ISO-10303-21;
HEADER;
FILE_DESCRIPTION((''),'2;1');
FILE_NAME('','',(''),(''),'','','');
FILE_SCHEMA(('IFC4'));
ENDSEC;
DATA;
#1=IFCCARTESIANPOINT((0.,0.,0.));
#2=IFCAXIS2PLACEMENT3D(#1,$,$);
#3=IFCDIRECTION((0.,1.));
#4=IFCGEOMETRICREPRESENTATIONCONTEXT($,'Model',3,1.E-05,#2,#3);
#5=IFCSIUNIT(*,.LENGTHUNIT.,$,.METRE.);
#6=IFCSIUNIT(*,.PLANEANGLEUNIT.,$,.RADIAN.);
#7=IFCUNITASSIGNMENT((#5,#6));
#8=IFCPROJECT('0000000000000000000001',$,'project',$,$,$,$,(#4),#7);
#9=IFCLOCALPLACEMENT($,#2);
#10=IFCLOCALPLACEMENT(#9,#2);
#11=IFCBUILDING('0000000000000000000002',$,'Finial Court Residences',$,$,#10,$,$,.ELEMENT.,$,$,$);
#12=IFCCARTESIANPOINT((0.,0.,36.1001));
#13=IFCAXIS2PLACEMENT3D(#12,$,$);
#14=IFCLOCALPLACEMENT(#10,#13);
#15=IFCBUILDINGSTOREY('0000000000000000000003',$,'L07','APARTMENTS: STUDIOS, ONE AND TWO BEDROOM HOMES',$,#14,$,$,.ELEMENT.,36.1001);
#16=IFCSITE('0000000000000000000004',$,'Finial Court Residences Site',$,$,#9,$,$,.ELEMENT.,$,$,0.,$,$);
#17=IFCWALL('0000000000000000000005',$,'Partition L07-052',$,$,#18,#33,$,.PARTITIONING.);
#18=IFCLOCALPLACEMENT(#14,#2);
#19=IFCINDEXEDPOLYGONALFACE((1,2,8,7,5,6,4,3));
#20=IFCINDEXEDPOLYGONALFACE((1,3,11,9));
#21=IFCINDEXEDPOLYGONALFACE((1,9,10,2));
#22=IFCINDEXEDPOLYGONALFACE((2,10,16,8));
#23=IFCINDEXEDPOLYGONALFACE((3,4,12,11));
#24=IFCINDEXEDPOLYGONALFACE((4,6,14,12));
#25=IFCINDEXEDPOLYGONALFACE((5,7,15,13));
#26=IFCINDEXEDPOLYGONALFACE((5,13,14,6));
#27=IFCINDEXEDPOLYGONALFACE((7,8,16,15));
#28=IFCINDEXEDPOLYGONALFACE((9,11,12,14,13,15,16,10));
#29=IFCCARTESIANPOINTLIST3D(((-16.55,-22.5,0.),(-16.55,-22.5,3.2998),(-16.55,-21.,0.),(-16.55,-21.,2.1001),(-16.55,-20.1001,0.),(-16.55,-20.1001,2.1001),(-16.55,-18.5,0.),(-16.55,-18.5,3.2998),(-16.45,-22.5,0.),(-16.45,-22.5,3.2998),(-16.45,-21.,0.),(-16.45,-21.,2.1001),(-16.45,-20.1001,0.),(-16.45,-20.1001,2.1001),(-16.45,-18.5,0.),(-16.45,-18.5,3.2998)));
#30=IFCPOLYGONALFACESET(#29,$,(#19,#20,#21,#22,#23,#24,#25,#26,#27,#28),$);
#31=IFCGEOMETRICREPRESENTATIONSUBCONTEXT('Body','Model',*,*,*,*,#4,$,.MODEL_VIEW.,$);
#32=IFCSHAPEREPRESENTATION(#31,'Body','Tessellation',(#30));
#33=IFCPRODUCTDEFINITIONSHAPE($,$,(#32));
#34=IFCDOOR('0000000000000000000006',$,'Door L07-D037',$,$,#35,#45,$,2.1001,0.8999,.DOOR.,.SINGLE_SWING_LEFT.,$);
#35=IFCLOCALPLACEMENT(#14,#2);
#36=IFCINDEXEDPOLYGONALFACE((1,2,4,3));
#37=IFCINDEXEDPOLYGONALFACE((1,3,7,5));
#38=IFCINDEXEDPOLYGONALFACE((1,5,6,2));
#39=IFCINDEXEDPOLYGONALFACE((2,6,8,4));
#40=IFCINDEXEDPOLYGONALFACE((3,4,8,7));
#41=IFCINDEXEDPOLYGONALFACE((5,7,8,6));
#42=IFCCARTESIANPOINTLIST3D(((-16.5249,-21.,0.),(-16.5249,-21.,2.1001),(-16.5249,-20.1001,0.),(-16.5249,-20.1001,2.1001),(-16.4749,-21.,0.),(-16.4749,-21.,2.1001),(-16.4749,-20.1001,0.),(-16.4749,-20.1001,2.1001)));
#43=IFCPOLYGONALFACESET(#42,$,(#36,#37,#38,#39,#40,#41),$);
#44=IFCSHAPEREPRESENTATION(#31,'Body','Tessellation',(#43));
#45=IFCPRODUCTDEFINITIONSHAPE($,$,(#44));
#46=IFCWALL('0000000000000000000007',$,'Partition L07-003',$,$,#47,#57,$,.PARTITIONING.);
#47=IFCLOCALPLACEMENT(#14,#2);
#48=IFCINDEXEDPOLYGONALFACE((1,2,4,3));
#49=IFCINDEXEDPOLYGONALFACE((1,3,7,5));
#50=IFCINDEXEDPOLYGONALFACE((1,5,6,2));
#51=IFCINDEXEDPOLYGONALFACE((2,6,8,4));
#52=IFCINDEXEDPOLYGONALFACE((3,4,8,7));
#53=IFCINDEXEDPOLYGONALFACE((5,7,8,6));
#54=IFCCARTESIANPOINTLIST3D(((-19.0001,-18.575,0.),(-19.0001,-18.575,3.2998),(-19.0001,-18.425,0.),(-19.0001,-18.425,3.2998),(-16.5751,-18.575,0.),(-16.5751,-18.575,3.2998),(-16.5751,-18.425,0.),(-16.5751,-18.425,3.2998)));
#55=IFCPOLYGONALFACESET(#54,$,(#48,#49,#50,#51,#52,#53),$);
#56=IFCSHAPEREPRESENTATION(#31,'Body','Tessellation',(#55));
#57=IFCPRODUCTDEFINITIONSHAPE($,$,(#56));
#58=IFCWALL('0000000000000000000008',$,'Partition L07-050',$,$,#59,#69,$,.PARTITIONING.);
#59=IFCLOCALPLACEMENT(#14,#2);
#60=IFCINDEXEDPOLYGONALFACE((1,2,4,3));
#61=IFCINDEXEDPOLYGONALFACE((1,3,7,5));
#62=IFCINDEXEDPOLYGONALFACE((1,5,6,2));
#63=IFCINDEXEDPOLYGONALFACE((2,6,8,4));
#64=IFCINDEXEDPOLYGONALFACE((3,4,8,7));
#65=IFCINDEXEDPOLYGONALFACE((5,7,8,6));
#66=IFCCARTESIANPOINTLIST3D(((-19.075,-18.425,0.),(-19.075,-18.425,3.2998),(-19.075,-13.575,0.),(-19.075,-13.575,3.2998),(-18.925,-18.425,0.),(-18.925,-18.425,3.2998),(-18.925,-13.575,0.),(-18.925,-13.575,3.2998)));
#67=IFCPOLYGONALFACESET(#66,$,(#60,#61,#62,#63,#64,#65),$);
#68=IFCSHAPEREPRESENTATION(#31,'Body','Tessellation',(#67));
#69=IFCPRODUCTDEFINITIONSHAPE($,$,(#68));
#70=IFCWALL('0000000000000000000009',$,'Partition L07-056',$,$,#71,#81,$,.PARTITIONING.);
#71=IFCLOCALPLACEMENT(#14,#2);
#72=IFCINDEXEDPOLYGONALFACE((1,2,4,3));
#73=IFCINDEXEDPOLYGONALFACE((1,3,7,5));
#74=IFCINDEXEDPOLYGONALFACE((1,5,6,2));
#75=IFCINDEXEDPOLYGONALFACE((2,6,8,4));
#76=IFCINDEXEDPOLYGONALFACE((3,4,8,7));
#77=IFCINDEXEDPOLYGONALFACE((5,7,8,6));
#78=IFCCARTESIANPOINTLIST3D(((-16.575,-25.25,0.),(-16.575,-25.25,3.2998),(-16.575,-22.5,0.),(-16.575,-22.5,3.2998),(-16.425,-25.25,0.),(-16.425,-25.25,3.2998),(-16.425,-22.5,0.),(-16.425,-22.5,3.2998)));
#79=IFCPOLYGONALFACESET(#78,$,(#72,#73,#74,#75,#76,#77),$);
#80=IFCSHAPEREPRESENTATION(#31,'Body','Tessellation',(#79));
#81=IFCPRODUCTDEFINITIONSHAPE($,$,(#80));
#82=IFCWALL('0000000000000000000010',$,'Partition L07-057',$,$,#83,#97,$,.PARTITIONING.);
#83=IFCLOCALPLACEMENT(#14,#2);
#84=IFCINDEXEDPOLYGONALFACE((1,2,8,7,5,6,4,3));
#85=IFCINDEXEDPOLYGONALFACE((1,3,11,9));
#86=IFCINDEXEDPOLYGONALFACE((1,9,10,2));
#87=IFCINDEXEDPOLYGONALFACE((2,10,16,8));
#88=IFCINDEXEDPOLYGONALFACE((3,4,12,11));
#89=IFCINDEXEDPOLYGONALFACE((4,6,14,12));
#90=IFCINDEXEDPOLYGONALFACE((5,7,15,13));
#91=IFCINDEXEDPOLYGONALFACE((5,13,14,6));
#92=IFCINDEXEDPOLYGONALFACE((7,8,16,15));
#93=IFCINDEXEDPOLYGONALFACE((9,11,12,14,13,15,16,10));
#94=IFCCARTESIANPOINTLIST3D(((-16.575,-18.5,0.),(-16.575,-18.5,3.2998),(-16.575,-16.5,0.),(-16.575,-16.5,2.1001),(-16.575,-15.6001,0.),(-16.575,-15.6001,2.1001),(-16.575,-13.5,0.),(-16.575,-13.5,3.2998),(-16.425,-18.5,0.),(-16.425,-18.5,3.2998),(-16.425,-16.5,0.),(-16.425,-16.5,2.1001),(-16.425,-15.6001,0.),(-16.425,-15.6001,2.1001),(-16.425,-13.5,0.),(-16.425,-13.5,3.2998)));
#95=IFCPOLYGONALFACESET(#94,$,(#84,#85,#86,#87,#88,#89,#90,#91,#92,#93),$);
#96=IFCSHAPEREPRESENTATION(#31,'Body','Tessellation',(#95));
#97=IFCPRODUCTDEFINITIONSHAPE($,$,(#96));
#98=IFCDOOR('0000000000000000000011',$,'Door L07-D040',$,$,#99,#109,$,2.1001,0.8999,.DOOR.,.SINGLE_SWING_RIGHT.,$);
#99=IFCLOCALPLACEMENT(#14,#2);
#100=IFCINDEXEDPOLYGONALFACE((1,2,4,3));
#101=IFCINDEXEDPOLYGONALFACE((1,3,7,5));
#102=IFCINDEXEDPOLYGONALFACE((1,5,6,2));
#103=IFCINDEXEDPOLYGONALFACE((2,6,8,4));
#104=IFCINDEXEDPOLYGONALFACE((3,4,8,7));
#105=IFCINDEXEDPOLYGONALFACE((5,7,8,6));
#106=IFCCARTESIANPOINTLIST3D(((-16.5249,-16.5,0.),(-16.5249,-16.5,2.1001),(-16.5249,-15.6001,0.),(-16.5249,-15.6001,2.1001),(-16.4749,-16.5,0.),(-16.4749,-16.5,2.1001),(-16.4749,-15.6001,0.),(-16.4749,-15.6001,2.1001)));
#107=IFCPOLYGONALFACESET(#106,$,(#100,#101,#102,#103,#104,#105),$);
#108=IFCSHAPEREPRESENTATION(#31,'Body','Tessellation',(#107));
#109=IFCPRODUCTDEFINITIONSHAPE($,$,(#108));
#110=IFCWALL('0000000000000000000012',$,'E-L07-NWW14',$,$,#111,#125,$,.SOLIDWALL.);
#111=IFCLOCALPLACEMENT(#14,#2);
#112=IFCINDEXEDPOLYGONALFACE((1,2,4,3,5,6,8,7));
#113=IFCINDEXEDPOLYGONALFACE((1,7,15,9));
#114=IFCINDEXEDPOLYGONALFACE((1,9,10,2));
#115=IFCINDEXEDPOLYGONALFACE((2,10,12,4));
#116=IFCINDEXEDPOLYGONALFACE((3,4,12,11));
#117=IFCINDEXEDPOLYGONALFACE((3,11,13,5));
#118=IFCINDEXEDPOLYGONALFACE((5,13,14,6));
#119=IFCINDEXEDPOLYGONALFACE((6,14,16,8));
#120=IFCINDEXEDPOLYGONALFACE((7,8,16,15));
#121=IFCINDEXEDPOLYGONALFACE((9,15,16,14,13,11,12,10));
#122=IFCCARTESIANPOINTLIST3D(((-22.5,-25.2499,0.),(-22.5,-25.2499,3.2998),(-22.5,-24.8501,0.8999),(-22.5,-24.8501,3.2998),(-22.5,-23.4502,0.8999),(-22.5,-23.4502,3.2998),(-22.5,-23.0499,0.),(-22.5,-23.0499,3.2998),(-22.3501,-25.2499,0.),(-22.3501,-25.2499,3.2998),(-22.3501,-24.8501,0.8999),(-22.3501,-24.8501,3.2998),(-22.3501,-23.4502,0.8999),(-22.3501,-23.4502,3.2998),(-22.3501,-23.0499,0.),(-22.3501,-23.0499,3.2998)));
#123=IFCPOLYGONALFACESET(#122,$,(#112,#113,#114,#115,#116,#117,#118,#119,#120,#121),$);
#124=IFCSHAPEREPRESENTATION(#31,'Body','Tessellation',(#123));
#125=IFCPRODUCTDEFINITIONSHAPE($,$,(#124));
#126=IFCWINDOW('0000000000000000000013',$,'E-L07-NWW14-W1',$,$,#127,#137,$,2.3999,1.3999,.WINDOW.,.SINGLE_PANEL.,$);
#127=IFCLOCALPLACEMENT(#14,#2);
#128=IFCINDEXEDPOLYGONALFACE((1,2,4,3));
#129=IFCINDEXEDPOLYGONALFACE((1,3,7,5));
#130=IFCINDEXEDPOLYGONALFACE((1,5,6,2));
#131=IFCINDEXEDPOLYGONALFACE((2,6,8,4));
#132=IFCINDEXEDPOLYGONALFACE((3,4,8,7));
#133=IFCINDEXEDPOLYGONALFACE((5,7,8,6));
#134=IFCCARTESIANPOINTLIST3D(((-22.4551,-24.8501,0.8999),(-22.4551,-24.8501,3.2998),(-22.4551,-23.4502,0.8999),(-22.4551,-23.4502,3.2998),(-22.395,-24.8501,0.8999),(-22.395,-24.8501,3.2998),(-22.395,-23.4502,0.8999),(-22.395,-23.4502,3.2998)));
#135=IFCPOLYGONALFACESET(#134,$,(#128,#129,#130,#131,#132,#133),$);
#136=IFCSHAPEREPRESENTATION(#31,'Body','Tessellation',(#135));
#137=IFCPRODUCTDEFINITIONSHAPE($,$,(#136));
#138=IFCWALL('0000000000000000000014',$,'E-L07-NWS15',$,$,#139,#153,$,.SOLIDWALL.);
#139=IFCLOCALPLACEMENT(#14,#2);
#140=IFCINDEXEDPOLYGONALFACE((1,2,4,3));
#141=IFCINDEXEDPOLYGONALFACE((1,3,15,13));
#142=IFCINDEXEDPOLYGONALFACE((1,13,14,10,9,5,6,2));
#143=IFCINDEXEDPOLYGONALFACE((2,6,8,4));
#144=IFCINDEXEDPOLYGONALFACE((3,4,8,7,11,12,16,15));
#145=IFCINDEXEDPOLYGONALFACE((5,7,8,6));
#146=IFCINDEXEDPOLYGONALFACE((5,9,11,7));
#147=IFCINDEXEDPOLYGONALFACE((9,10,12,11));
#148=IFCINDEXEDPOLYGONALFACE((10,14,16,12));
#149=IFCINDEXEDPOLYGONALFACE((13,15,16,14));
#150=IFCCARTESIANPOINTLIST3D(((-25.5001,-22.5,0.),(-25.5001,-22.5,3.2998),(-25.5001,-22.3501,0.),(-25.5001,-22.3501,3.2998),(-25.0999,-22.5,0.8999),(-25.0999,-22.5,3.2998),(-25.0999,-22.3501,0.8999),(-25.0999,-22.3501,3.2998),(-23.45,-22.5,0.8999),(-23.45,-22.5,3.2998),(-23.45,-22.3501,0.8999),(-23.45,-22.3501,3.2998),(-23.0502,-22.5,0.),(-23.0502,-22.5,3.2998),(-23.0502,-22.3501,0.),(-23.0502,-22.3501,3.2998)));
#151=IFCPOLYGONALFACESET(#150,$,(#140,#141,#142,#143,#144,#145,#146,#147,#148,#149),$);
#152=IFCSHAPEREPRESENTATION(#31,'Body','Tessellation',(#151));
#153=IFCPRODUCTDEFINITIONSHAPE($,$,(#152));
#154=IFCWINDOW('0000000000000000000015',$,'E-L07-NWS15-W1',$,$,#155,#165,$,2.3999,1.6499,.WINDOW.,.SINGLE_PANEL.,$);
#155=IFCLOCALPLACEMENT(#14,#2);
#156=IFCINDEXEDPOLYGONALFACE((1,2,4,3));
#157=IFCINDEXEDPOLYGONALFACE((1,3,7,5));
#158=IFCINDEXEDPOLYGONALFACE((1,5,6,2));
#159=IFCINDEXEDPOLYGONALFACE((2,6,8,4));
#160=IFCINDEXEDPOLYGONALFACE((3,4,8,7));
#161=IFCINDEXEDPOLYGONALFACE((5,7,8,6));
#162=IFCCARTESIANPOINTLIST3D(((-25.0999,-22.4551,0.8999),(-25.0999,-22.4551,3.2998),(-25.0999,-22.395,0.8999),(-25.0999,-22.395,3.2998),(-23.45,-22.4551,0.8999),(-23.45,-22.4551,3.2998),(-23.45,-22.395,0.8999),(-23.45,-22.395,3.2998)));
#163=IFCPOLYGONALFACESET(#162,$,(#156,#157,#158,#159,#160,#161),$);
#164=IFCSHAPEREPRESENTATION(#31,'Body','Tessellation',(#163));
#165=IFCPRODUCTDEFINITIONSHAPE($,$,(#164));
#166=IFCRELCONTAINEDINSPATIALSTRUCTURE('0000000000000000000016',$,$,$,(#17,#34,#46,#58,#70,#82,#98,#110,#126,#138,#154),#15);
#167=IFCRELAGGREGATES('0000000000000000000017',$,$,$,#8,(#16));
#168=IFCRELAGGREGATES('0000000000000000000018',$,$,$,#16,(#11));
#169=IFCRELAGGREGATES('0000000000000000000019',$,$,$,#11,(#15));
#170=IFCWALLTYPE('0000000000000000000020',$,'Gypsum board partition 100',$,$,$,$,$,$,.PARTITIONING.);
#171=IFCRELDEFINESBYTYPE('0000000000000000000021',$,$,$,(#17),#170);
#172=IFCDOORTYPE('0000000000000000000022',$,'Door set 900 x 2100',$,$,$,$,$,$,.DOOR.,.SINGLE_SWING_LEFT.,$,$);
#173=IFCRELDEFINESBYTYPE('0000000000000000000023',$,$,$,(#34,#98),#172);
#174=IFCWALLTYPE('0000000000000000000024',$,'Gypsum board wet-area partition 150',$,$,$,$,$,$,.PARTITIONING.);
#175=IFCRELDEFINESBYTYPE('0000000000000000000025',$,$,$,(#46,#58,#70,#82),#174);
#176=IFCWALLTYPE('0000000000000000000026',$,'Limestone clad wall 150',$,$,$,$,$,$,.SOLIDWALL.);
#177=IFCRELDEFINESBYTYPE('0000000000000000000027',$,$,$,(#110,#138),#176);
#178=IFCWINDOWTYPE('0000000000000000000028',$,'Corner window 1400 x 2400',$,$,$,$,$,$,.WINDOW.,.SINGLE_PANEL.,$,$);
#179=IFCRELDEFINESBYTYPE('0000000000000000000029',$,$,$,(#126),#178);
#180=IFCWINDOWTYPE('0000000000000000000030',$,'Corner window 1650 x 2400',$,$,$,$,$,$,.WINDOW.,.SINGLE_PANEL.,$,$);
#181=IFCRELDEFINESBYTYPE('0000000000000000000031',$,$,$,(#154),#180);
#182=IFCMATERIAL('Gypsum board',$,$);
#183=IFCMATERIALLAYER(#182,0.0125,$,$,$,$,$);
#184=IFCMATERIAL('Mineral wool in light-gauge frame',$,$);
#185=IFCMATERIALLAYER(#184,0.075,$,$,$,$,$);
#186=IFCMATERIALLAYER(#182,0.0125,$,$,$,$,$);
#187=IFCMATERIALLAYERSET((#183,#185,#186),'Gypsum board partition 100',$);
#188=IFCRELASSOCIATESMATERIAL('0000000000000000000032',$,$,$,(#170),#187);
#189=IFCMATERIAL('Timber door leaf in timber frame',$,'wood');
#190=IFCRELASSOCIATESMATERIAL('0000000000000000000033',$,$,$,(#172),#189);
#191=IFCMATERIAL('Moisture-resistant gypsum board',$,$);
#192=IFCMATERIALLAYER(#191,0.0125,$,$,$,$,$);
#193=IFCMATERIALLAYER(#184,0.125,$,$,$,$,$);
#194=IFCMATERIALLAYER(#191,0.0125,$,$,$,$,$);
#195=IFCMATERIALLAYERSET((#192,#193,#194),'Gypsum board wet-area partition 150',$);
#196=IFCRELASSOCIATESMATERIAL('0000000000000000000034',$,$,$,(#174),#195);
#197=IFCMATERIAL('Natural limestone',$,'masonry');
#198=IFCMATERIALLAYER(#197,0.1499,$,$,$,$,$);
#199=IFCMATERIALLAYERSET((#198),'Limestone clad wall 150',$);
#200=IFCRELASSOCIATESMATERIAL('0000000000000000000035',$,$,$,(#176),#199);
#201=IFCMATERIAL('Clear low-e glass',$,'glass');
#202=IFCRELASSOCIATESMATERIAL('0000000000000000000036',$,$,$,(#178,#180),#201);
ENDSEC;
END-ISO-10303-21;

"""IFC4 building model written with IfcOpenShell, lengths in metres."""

from ifc_helpers import new_model, si_unit, direction, frame, frame_2d, origin, place, context, subcontext, project, spatial, rectangle, extrude, material, layer, layer_set, type_object, element, fill, save


model = new_model("IFC4")

# Units and contexts
model_context = context("Model", 3, precision=1e-05, world=origin(), true_north=direction((0.0, 1.0)))
body_context = subcontext(model_context, "Body", "Model", "MODEL_VIEW")
ifc_project = project(units=[si_unit("LENGTHUNIT", "METRE"), si_unit("PLANEANGLEUNIT", "RADIAN")], contexts=[model_context])

# Site, building, storey
site_placement = place(None, origin())
site = spatial("IfcSite", under=ifc_project, at=site_placement, Name="Finial Court Residences Site", CompositionType="ELEMENT", RefElevation=0.0)
building_placement = place(site_placement, origin())
building = spatial("IfcBuilding", under=site, at=building_placement, Name="Finial Court Residences", CompositionType="ELEMENT")
storey_placement = place(building_placement, frame((0.0, 0.0, 36.1001)))
storey = spatial("IfcBuildingStorey", under=building, at=storey_placement, Name="L07", Description="APARTMENTS: STUDIOS, ONE AND TWO BEDROOM HOMES", CompositionType="ELEMENT", Elevation=36.1001)

# Shared definitions
ifc_material_1 = material(Name="Clear low-e glass", Category="glass")

# Wall, opening, door
ifc_material_2 = material(Name="Gypsum board")
ifc_layer_1 = layer(ifc_material_2, 0.0125)
ifc_material_3 = material(Name="Mineral wool in light-gauge frame")
ifc_layer_2 = layer(ifc_material_3, 0.075)
ifc_layer_3 = layer(ifc_material_2, 0.0125)
ifc_layer_set_1 = layer_set([ifc_layer_1, ifc_layer_2, ifc_layer_3], Name="Gypsum board partition 100")
wall_type_1 = type_object("IfcWallType", Name="Gypsum board partition 100", PredefinedType="PARTITIONING", material=ifc_layer_set_1)
ifc_material_4 = material(Name="Timber door leaf in timber frame", Category="wood")
door_type = type_object("IfcDoorType", Name="Door set 900 x 2100", OperationType="SINGLE_SWING_LEFT", PredefinedType="DOOR", material=ifc_material_4)
wall_1_placement = place(storey_placement, frame((-16.5, -22.5, 0.0), z_axis=(0.0, 0.0, 1.0), x_axis=(0.0, 1.0, 0.0)))
wall_1 = element("IfcWall", 1, at=wall_1_placement, inside=storey, type_object=wall_type_1, Name="Partition L07-052", PredefinedType="PARTITIONING", context=body_context, shape_type="SweptSolid", body=[
    extrude(rectangle(XDim=4.0, YDim=0.1001, at=frame_2d((2.0, 0.0))), origin(), (0.0, 0.0, 1.0), 3.2998),
])
opening_1_placement = place(wall_1_placement, frame((1.5, 0.0, 0.0)))
opening_1 = element("IfcOpeningElement", 2, at=opening_1_placement, cuts=wall_1, PredefinedType="OPENING", context=body_context, shape_type="SweptSolid", body=[
    extrude(rectangle(XDim=0.8999, YDim=2.1001, at=frame_2d((0.45, 1.05))), frame((0.0, 0.0601, 0.0), z_axis=(0.0, -1.0, 0.0), x_axis=(1.0, 0.0, 0.0)), (0.0, 0.0, 1.0), 0.1201),
])
door_1_placement = place(opening_1_placement, origin())
door_1 = element("IfcDoor", 3, at=door_1_placement, inside=storey, type_object=door_type, Name="Door L07-D037", OperationType="SINGLE_SWING_LEFT", OverallHeight=2.1001, OverallWidth=0.8999, PredefinedType="DOOR", context=body_context, shape_type="SweptSolid", body=[
    extrude(rectangle(XDim=0.8999, YDim=2.1001, at=frame_2d((0.45, 1.05))), frame((0.0, 0.0249, 0.0), z_axis=(0.0, -1.0, 0.0), x_axis=(1.0, 0.0, 0.0)), (0.0, 0.0, 1.0), 0.05),
])
fill(opening_1, door_1)

# Walls
ifc_material_5 = material(Name="Moisture-resistant gypsum board")
ifc_layer_4 = layer(ifc_material_5, 0.0125)
ifc_layer_5 = layer(ifc_material_3, 0.125)
ifc_layer_6 = layer(ifc_material_5, 0.0125)
ifc_layer_set_2 = layer_set([ifc_layer_4, ifc_layer_5, ifc_layer_6], Name="Gypsum board wet-area partition 150")
wall_type_2 = type_object("IfcWallType", Name="Gypsum board wet-area partition 150", PredefinedType="PARTITIONING", material=ifc_layer_set_2)
wall_2_placement = place(storey_placement, frame((-19.0, -18.5, 0.0), z_axis=(0.0, 0.0, 1.0), x_axis=(1.0, 0.0, 0.0)))
element("IfcWall", 4, at=wall_2_placement, inside=storey, type_object=wall_type_2, Name="Partition L07-003", PredefinedType="PARTITIONING", context=body_context, shape_type="SweptSolid", body=[
    extrude(rectangle(XDim=2.425, YDim=0.1499, at=frame_2d((1.2124, 0.0))), origin(), (0.0, 0.0, 1.0), 3.2998),
])
wall_3_placement = place(storey_placement, frame((-19.0, -18.425, 0.0), z_axis=(0.0, 0.0, 1.0), x_axis=(0.0, 1.0, 0.0)))
element("IfcWall", 5, at=wall_3_placement, inside=storey, type_object=wall_type_2, Name="Partition L07-050", PredefinedType="PARTITIONING", context=body_context, shape_type="SweptSolid", body=[
    extrude(rectangle(XDim=4.8501, YDim=0.1499, at=frame_2d((2.425, 0.0))), origin(), (0.0, 0.0, 1.0), 3.2998),
])
wall_4_placement = place(storey_placement, frame((-16.5, -25.25, 0.0), z_axis=(0.0, 0.0, 1.0), x_axis=(0.0, 1.0, 0.0)))
element("IfcWall", 6, at=wall_4_placement, inside=storey, type_object=wall_type_2, Name="Partition L07-056", PredefinedType="PARTITIONING", context=body_context, shape_type="SweptSolid", body=[
    extrude(rectangle(XDim=2.75, YDim=0.1499, at=frame_2d((1.375, 0.0))), origin(), (0.0, 0.0, 1.0), 3.2998),
])

# Wall, opening, door
wall_5_placement = place(storey_placement, frame((-16.5, -18.5, 0.0), z_axis=(0.0, 0.0, 1.0), x_axis=(0.0, 1.0, 0.0)))
wall_5 = element("IfcWall", 7, at=wall_5_placement, inside=storey, type_object=wall_type_2, Name="Partition L07-057", PredefinedType="PARTITIONING", context=body_context, shape_type="SweptSolid", body=[
    extrude(rectangle(XDim=5.0, YDim=0.1499, at=frame_2d((2.5, 0.0))), origin(), (0.0, 0.0, 1.0), 3.2998),
])
opening_2_placement = place(wall_5_placement, frame((2.0, 0.0, 0.0)))
opening_2 = element("IfcOpeningElement", 8, at=opening_2_placement, cuts=wall_5, PredefinedType="OPENING", context=body_context, shape_type="SweptSolid", body=[
    extrude(rectangle(XDim=0.8999, YDim=2.1001, at=frame_2d((0.45, 1.05))), frame((0.0, 0.085, 0.0), z_axis=(0.0, -1.0, 0.0), x_axis=(1.0, 0.0, 0.0)), (0.0, 0.0, 1.0), 0.1699),
])
door_2_placement = place(opening_2_placement, origin())
door_2 = element("IfcDoor", 9, at=door_2_placement, inside=storey, type_object=door_type, Name="Door L07-D040", OperationType="SINGLE_SWING_RIGHT", OverallHeight=2.1001, OverallWidth=0.8999, PredefinedType="DOOR", context=body_context, shape_type="SweptSolid", body=[
    extrude(rectangle(XDim=0.8999, YDim=2.1001, at=frame_2d((0.45, 1.05))), frame((0.0, 0.0249, 0.0), z_axis=(0.0, -1.0, 0.0), x_axis=(1.0, 0.0, 0.0)), (0.0, 0.0, 1.0), 0.05),
])
fill(opening_2, door_2)

# Walls, openings, windows
ifc_material_6 = material(Name="Natural limestone", Category="masonry")
ifc_layer_7 = layer(ifc_material_6, 0.1499)
ifc_layer_set_3 = layer_set([ifc_layer_7], Name="Limestone clad wall 150")
wall_type_3 = type_object("IfcWallType", Name="Limestone clad wall 150", PredefinedType="SOLIDWALL", material=ifc_layer_set_3)
wall_6_placement = place(storey_placement, frame((-22.425, -25.25, 0.0), z_axis=(0.0, 0.0, 1.0), x_axis=(0.0, 1.0, 0.0)))
wall_6 = element("IfcWall", 10, at=wall_6_placement, inside=storey, type_object=wall_type_3, Name="E-L07-NWW14", PredefinedType="SOLIDWALL", context=body_context, shape_type="SweptSolid", body=[
    extrude(rectangle(XDim=2.2, YDim=0.1499, at=frame_2d((1.1001, 0.0))), origin(), (0.0, 0.0, 1.0), 3.2998),
])
opening_3_placement = place(wall_6_placement, frame((0.3999, 0.0, 0.8999)))
opening_3 = element("IfcOpeningElement", 11, at=opening_3_placement, cuts=wall_6, PredefinedType="OPENING", context=body_context, shape_type="SweptSolid", body=[
    extrude(rectangle(XDim=1.3999, YDim=2.3999, at=frame_2d((0.7, 1.2))), frame((0.0, 0.085, 0.0), z_axis=(0.0, -1.0, 0.0), x_axis=(1.0, 0.0, 0.0)), (0.0, 0.0, 1.0), 0.1699),
])
window_type_1 = type_object("IfcWindowType", Name="Corner window 1400 x 2400", PartitioningType="SINGLE_PANEL", PredefinedType="WINDOW", material=ifc_material_1)
window_1_placement = place(opening_3_placement, origin())
window_1 = element("IfcWindow", 12, at=window_1_placement, inside=storey, type_object=window_type_1, Name="E-L07-NWW14-W1", OverallHeight=2.3999, OverallWidth=1.3999, PartitioningType="SINGLE_PANEL", PredefinedType="WINDOW", context=body_context, shape_type="SweptSolid", body=[
    extrude(rectangle(XDim=1.3999, YDim=2.3999, at=frame_2d((0.7, 1.2))), frame((0.0, 0.03, 0.0), z_axis=(0.0, -1.0, 0.0), x_axis=(1.0, 0.0, 0.0)), (0.0, 0.0, 1.0), 0.0601),
])
fill(opening_3, window_1)
wall_7_placement = place(storey_placement, frame((-23.05, -22.425, 0.0), z_axis=(0.0, 0.0, 1.0), x_axis=(-1.0, 0.0, 0.0)))
wall_7 = element("IfcWall", 13, at=wall_7_placement, inside=storey, type_object=wall_type_3, Name="E-L07-NWS15", PredefinedType="SOLIDWALL", context=body_context, shape_type="SweptSolid", body=[
    extrude(rectangle(XDim=2.45, YDim=0.1499, at=frame_2d((1.2251, 0.0))), origin(), (0.0, 0.0, 1.0), 3.2998),
])
opening_4_placement = place(wall_7_placement, frame((0.3999, 0.0, 0.8999)))
opening_4 = element("IfcOpeningElement", 14, at=opening_4_placement, cuts=wall_7, PredefinedType="OPENING", context=body_context, shape_type="SweptSolid", body=[
    extrude(rectangle(XDim=1.6499, YDim=2.3999, at=frame_2d((0.825, 1.2))), frame((0.0, 0.085, 0.0), z_axis=(0.0, -1.0, 0.0), x_axis=(1.0, 0.0, 0.0)), (0.0, 0.0, 1.0), 0.1699),
])
window_type_2 = type_object("IfcWindowType", Name="Corner window 1650 x 2400", PartitioningType="SINGLE_PANEL", PredefinedType="WINDOW", material=ifc_material_1)
window_2_placement = place(opening_4_placement, origin())
window_2 = element("IfcWindow", 15, at=window_2_placement, inside=storey, type_object=window_type_2, Name="E-L07-NWS15-W1", OverallHeight=2.3999, OverallWidth=1.6499, PartitioningType="SINGLE_PANEL", PredefinedType="WINDOW", context=body_context, shape_type="SweptSolid", body=[
    extrude(rectangle(XDim=1.6499, YDim=2.3999, at=frame_2d((0.825, 1.2))), frame((0.0, 0.03, 0.0), z_axis=(0.0, -1.0, 0.0), x_axis=(1.0, 0.0, 0.0)), (0.0, 0.0, 1.0), 0.0601),
])
fill(opening_4, window_2)

save(model, "model.ifc")
